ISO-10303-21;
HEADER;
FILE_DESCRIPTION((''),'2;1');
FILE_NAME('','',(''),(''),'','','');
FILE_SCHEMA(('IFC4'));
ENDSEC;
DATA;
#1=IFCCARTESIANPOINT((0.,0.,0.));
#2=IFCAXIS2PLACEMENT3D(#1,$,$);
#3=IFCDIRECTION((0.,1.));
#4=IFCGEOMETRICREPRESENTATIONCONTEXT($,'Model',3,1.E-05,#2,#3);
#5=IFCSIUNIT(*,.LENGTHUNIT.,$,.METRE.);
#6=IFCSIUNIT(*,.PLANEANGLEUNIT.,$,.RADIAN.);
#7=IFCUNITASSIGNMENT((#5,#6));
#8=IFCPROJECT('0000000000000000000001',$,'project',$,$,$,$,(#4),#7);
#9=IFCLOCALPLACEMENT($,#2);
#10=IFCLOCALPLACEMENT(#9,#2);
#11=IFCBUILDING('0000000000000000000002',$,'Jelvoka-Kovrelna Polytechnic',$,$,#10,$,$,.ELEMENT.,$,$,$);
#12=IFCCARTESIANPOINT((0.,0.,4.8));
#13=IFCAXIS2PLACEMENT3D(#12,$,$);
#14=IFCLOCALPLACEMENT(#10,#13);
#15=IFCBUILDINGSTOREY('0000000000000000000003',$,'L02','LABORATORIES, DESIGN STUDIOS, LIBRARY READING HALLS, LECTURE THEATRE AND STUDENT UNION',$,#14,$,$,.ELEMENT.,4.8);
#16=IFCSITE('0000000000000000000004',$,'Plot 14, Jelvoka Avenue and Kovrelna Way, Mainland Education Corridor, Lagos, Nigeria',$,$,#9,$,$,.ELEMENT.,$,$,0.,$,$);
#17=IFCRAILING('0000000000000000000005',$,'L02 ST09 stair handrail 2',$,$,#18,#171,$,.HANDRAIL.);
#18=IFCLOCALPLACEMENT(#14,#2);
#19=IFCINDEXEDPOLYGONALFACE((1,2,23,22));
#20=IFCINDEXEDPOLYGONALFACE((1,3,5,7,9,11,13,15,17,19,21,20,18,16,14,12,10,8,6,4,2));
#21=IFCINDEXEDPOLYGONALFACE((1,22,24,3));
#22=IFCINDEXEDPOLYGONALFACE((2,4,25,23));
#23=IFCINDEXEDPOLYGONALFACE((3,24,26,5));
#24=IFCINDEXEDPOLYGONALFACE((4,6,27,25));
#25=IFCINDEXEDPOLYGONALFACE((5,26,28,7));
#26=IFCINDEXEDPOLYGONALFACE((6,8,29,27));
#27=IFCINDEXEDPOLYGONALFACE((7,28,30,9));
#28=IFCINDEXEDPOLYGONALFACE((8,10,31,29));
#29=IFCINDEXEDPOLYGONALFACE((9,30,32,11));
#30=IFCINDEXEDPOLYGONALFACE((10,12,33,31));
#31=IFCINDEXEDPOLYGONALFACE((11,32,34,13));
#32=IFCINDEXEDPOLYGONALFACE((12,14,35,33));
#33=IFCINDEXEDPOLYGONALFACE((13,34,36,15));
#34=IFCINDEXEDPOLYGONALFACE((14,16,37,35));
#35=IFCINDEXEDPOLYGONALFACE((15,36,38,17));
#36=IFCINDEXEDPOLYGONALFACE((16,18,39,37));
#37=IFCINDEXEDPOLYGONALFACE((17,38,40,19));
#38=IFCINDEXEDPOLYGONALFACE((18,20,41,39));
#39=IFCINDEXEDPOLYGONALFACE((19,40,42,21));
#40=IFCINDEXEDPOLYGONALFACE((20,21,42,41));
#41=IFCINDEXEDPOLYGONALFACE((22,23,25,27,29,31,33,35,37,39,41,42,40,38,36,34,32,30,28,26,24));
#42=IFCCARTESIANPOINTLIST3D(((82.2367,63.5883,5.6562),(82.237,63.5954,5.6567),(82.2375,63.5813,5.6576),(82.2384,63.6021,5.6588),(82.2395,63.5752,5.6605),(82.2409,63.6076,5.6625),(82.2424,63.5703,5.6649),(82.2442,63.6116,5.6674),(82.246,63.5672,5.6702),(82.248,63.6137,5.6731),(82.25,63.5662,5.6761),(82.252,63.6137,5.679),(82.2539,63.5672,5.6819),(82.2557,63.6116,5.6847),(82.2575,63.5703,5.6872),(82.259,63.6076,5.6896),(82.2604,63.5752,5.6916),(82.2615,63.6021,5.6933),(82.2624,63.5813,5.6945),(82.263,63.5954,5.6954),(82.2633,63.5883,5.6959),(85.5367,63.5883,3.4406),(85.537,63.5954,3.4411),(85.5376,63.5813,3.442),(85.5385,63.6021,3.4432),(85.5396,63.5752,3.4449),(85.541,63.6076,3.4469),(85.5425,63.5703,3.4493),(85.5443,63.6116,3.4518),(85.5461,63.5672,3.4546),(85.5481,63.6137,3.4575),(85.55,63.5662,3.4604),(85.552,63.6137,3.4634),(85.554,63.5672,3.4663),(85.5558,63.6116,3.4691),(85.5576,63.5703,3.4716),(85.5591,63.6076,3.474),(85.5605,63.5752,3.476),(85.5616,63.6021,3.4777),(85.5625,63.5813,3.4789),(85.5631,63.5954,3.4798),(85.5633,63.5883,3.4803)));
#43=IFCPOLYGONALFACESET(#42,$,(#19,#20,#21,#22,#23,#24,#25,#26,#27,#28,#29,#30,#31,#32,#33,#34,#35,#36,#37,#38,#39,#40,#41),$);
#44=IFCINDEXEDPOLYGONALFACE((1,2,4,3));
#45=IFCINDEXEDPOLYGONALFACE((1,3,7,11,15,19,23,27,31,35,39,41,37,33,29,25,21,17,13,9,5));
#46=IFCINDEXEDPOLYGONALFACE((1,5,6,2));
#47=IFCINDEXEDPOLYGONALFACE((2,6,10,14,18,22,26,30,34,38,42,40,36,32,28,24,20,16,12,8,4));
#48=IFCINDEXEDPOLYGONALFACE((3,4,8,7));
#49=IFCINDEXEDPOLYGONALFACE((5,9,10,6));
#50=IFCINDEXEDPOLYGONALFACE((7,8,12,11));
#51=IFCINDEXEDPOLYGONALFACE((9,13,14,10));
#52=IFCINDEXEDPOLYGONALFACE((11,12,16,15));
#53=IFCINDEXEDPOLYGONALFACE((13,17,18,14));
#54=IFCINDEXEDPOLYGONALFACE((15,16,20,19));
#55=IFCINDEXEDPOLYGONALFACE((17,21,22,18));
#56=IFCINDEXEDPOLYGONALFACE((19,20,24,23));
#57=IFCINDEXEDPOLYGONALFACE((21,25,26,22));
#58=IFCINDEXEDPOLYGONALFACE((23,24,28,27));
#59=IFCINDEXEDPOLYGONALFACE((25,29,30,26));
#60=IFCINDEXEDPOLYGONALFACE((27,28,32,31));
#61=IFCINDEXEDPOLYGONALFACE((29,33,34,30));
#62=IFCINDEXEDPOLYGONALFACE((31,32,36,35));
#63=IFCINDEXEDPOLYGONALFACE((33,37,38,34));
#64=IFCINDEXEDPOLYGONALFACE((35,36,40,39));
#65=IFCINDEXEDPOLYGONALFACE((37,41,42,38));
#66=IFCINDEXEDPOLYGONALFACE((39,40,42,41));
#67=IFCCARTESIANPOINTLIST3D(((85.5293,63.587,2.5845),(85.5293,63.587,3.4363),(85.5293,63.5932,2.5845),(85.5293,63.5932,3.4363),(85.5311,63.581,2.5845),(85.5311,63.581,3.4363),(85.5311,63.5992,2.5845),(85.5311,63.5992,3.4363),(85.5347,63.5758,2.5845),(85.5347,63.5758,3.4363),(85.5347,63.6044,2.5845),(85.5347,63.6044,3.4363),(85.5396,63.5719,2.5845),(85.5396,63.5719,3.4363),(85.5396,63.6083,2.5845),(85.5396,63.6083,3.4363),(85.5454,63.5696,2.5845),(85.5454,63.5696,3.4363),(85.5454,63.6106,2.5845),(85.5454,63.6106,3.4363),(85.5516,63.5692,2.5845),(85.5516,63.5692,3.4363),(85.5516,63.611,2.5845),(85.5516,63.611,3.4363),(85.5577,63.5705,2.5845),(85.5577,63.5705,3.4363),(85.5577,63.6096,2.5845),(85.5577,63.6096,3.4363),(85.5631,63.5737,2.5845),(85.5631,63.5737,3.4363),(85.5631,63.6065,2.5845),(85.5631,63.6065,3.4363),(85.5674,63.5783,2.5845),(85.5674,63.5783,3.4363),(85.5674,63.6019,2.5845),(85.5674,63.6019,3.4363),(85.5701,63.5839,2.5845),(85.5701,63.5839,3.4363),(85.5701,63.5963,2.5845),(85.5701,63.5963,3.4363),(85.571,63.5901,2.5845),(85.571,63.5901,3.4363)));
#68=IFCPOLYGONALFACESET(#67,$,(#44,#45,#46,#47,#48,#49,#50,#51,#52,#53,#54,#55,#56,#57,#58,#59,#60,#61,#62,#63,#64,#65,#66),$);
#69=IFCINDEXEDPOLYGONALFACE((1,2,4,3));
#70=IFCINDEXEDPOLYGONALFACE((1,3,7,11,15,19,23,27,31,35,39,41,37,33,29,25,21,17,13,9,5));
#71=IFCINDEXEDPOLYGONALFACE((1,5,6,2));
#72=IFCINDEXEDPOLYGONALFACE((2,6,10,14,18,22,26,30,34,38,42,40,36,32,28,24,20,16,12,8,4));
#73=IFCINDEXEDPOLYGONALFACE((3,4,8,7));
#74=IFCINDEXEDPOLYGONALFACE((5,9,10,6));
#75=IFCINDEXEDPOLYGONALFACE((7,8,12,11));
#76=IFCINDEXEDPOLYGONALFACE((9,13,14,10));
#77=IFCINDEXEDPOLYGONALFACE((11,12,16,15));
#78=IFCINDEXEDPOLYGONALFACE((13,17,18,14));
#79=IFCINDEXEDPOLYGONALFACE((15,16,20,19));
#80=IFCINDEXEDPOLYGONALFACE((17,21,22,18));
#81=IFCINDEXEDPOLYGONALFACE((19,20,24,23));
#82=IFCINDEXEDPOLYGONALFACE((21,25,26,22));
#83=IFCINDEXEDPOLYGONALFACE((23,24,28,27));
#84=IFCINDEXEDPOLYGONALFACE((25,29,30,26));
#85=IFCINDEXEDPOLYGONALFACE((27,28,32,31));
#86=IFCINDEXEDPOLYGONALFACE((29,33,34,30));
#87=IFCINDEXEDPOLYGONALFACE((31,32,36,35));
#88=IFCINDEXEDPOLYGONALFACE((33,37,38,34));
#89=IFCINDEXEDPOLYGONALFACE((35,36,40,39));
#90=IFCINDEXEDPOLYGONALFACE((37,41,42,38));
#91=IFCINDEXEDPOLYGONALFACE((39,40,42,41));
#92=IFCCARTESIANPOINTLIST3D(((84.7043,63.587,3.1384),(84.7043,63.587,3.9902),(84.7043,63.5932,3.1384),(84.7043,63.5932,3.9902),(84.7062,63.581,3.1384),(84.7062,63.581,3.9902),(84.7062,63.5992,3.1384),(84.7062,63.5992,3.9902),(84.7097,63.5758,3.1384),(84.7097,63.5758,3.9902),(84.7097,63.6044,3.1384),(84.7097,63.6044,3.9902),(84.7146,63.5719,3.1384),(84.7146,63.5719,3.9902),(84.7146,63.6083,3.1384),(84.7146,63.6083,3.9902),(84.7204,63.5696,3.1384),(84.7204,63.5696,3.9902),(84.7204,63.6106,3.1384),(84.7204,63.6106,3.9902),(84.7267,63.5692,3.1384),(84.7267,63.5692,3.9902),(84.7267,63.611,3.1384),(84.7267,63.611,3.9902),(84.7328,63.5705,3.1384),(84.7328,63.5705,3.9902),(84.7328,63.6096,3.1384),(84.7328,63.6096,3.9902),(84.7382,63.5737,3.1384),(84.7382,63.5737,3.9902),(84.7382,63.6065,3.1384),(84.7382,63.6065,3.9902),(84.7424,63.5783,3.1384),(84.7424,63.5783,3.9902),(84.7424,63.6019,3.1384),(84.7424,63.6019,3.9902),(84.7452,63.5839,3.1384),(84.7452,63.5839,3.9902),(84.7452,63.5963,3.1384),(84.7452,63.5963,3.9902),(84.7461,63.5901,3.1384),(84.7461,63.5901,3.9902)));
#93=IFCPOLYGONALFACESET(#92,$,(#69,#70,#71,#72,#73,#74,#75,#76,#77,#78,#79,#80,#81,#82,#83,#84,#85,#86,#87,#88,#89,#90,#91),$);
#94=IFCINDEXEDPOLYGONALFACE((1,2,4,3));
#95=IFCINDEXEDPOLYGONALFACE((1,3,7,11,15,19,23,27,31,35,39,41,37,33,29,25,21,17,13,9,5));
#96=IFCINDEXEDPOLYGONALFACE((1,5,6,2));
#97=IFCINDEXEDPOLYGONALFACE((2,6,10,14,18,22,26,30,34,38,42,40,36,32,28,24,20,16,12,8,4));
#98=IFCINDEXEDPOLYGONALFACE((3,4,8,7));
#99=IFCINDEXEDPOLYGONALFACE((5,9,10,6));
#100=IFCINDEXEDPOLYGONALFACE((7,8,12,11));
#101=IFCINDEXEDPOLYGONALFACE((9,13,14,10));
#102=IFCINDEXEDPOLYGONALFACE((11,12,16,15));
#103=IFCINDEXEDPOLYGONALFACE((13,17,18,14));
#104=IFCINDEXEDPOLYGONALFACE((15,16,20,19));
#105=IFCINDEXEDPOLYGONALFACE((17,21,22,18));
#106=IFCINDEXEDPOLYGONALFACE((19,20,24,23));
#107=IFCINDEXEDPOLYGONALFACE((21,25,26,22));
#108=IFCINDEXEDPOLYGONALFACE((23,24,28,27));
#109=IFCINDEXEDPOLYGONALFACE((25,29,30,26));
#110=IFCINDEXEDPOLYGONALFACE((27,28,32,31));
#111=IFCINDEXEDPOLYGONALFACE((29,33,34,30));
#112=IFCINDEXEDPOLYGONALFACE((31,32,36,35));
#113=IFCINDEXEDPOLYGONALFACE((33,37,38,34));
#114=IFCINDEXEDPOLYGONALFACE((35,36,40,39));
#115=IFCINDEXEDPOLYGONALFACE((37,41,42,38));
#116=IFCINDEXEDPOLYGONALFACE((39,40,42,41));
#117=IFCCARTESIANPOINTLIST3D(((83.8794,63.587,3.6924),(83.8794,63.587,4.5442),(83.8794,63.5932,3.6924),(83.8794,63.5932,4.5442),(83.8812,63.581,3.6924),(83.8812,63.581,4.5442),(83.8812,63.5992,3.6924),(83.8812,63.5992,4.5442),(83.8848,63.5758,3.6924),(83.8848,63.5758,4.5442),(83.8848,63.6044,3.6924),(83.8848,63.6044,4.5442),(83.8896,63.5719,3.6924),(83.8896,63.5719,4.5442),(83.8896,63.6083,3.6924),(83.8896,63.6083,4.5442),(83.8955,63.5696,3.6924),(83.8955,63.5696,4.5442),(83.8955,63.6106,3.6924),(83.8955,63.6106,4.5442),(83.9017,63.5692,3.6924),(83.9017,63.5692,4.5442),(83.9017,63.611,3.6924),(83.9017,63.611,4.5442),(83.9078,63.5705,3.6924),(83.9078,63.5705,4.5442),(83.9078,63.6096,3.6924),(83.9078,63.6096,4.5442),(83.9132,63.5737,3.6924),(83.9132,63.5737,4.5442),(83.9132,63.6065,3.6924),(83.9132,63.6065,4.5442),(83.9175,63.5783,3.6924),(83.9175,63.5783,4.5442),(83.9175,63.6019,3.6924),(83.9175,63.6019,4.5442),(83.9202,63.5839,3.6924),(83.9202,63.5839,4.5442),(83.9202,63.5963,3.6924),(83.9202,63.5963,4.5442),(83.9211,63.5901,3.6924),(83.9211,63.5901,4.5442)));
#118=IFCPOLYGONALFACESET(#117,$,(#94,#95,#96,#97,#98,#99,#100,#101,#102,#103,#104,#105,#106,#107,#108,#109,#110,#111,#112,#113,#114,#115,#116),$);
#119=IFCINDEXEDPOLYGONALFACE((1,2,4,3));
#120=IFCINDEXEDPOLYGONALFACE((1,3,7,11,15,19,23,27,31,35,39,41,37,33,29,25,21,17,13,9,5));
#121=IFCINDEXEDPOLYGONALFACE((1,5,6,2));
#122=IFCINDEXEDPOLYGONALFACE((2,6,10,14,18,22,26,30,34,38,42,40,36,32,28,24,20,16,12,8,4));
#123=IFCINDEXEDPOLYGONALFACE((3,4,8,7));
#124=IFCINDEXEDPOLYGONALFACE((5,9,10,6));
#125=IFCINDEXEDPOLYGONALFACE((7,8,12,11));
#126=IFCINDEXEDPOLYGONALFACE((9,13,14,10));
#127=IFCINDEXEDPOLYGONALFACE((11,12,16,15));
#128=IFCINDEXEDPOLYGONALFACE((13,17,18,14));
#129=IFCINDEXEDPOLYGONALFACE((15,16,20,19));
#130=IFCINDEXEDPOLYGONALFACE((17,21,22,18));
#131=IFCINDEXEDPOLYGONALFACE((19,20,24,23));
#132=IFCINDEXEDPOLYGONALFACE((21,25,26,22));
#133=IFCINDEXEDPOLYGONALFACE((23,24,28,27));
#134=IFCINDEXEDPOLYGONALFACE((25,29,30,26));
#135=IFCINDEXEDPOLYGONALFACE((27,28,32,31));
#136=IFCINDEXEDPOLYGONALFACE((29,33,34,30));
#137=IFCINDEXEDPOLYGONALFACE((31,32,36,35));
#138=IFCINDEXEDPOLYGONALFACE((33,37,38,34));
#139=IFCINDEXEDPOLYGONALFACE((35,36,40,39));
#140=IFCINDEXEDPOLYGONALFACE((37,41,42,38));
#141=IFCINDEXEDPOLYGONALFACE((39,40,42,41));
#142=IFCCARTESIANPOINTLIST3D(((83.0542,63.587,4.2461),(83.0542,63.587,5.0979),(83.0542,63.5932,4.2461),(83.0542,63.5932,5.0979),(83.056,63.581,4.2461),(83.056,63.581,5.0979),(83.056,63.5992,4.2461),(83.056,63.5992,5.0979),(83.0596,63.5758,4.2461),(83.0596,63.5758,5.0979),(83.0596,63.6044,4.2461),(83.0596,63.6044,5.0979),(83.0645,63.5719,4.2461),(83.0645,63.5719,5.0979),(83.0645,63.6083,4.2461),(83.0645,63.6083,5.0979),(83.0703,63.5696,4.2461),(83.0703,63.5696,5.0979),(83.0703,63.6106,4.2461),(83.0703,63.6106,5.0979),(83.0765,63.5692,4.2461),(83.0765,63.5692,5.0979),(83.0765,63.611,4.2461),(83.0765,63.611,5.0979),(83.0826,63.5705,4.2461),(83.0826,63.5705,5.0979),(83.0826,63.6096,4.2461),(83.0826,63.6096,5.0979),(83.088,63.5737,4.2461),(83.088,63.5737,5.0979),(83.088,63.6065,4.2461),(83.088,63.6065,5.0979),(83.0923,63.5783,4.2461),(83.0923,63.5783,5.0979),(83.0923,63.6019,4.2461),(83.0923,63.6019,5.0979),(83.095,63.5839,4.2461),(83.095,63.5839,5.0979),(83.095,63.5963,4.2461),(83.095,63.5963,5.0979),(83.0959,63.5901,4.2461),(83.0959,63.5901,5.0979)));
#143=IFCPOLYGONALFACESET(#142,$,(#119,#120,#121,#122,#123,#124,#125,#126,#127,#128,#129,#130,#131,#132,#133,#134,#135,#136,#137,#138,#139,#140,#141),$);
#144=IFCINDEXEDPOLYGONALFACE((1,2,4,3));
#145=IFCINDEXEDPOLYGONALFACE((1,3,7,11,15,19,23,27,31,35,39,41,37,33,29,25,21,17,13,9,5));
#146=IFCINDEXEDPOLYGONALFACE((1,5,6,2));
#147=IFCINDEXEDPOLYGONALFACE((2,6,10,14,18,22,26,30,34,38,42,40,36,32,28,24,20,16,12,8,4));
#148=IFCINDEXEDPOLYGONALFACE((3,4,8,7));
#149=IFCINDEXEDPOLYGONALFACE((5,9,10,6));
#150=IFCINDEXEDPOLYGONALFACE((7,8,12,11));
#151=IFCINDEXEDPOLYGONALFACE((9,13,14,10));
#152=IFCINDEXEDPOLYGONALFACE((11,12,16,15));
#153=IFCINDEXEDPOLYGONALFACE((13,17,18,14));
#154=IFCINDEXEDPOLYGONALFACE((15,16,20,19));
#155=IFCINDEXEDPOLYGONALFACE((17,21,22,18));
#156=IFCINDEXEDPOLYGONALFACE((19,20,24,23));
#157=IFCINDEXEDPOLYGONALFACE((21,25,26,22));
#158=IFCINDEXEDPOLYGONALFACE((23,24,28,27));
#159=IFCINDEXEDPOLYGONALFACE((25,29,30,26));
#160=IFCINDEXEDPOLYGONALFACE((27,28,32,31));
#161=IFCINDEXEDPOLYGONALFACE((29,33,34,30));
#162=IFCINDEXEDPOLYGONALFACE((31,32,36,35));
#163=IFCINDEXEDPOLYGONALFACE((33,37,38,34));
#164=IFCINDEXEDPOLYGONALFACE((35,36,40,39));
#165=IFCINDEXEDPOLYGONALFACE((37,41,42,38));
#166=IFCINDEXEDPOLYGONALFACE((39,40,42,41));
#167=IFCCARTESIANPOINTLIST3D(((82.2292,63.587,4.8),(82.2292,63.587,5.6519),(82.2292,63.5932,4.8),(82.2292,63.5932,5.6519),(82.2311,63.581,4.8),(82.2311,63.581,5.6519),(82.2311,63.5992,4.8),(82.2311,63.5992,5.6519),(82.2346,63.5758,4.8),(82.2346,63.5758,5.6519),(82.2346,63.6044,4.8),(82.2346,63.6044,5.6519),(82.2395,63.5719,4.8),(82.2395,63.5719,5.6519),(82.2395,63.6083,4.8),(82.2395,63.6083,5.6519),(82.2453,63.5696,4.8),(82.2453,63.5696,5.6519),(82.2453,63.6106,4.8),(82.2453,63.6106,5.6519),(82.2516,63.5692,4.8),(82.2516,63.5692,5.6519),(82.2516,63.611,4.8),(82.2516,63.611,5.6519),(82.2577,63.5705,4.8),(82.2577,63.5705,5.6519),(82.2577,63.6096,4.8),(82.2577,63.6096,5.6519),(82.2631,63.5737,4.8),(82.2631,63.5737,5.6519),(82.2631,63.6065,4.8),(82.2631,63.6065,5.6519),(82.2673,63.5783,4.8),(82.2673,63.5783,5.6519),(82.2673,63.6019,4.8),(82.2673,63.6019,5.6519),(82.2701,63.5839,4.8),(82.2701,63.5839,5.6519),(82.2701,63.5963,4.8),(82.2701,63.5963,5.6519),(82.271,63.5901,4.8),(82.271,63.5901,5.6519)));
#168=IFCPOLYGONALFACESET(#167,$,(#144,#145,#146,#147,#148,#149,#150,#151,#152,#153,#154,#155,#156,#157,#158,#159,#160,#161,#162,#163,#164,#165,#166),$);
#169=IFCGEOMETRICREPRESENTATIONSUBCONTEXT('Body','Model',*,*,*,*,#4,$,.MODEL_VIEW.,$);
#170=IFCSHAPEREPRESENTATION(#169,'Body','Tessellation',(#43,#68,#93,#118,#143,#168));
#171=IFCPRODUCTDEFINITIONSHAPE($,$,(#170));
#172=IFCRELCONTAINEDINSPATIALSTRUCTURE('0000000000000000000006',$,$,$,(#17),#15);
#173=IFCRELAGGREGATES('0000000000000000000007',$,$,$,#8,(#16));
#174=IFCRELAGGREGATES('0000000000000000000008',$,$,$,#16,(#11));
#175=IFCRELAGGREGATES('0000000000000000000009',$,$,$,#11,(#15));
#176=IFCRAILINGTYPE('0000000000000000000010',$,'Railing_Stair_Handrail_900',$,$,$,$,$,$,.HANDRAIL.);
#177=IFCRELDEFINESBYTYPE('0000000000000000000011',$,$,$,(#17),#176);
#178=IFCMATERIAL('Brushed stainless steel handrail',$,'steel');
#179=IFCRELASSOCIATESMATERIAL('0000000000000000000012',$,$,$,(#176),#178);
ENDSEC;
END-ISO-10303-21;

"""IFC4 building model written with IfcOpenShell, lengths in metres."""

from ifc_helpers import new_model, si_unit, direction, frame, origin, origin_2d, place, context, subcontext, project, spatial, circle, extrude, material, type_object, element, save


model = new_model("IFC4")

# Units and contexts
model_context = context("Model", 3, precision=1e-05, world=origin(), true_north=direction((0.0, 1.0)))
body_context = subcontext(model_context, "Body", "Model", "MODEL_VIEW")
ifc_project = project(units=[si_unit("LENGTHUNIT", "METRE"), si_unit("PLANEANGLEUNIT", "RADIAN")], contexts=[model_context])

# Site, building, storey
site_placement = place(None, origin())
site = spatial("IfcSite", under=ifc_project, at=site_placement, Name="Plot 14, Jelvoka Avenue and Kovrelna Way, Mainland Education Corridor, Lagos, Nigeria", CompositionType="ELEMENT", RefElevation=0.0)
building_placement = place(site_placement, origin())
building = spatial("IfcBuilding", under=site, at=building_placement, Name="Jelvoka-Kovrelna Polytechnic", CompositionType="ELEMENT")
storey_placement = place(building_placement, frame((0.0, 0.0, 4.8)))
storey = spatial("IfcBuildingStorey", under=building, at=storey_placement, Name="L02", Description="LABORATORIES, DESIGN STUDIOS, LIBRARY READING HALLS, LECTURE THEATRE AND STUDENT UNION", CompositionType="ELEMENT", Elevation=4.8)

# Railing
ifc_material_1 = material(Name="Brushed stainless steel handrail", Category="steel")
railing_type_1 = type_object("IfcRailingType", Name="Railing_Stair_Handrail_900", PredefinedType="HANDRAIL", material=ifc_material_1)
railing_1_placement = place(storey_placement, frame((85.55, 63.5901, 2.5845)))
element("IfcRailing", 1, at=railing_1_placement, inside=storey, type_object=railing_type_1, Name="L02 ST09 stair handrail 2", PredefinedType="HANDRAIL", context=body_context, shape_type="SweptSolid", body=[
    extrude(circle(Radius=0.0239, at=origin_2d()), frame((0.0, 0.0, 0.876), z_axis=(-0.830241, 0.0, 0.557405), x_axis=(0.0, -1.0, 0.0)), (0.0, 0.0, 1.0), 3.9749),
    extrude(circle(Radius=0.021, at=origin_2d()), origin(), (0.0, 0.0, 1.0), 0.8518),
    extrude(circle(Radius=0.021, at=origin_2d()), frame((-0.825, 0.0, 0.554)), (0.0, 0.0, 1.0), 0.8518),
    extrude(circle(Radius=0.021, at=origin_2d()), frame((-1.6499, 0.0, 1.1079)), (0.0, 0.0, 1.0), 0.8518),
    extrude(circle(Radius=0.021, at=origin_2d()), frame((-2.4751, 0.0, 1.6616)), (0.0, 0.0, 1.0), 0.8518),
    extrude(circle(Radius=0.021, at=origin_2d()), frame((-3.3, 0.0, 2.2156)), (0.0, 0.0, 1.0), 0.8518),
])

save(model, "model.ifc")
